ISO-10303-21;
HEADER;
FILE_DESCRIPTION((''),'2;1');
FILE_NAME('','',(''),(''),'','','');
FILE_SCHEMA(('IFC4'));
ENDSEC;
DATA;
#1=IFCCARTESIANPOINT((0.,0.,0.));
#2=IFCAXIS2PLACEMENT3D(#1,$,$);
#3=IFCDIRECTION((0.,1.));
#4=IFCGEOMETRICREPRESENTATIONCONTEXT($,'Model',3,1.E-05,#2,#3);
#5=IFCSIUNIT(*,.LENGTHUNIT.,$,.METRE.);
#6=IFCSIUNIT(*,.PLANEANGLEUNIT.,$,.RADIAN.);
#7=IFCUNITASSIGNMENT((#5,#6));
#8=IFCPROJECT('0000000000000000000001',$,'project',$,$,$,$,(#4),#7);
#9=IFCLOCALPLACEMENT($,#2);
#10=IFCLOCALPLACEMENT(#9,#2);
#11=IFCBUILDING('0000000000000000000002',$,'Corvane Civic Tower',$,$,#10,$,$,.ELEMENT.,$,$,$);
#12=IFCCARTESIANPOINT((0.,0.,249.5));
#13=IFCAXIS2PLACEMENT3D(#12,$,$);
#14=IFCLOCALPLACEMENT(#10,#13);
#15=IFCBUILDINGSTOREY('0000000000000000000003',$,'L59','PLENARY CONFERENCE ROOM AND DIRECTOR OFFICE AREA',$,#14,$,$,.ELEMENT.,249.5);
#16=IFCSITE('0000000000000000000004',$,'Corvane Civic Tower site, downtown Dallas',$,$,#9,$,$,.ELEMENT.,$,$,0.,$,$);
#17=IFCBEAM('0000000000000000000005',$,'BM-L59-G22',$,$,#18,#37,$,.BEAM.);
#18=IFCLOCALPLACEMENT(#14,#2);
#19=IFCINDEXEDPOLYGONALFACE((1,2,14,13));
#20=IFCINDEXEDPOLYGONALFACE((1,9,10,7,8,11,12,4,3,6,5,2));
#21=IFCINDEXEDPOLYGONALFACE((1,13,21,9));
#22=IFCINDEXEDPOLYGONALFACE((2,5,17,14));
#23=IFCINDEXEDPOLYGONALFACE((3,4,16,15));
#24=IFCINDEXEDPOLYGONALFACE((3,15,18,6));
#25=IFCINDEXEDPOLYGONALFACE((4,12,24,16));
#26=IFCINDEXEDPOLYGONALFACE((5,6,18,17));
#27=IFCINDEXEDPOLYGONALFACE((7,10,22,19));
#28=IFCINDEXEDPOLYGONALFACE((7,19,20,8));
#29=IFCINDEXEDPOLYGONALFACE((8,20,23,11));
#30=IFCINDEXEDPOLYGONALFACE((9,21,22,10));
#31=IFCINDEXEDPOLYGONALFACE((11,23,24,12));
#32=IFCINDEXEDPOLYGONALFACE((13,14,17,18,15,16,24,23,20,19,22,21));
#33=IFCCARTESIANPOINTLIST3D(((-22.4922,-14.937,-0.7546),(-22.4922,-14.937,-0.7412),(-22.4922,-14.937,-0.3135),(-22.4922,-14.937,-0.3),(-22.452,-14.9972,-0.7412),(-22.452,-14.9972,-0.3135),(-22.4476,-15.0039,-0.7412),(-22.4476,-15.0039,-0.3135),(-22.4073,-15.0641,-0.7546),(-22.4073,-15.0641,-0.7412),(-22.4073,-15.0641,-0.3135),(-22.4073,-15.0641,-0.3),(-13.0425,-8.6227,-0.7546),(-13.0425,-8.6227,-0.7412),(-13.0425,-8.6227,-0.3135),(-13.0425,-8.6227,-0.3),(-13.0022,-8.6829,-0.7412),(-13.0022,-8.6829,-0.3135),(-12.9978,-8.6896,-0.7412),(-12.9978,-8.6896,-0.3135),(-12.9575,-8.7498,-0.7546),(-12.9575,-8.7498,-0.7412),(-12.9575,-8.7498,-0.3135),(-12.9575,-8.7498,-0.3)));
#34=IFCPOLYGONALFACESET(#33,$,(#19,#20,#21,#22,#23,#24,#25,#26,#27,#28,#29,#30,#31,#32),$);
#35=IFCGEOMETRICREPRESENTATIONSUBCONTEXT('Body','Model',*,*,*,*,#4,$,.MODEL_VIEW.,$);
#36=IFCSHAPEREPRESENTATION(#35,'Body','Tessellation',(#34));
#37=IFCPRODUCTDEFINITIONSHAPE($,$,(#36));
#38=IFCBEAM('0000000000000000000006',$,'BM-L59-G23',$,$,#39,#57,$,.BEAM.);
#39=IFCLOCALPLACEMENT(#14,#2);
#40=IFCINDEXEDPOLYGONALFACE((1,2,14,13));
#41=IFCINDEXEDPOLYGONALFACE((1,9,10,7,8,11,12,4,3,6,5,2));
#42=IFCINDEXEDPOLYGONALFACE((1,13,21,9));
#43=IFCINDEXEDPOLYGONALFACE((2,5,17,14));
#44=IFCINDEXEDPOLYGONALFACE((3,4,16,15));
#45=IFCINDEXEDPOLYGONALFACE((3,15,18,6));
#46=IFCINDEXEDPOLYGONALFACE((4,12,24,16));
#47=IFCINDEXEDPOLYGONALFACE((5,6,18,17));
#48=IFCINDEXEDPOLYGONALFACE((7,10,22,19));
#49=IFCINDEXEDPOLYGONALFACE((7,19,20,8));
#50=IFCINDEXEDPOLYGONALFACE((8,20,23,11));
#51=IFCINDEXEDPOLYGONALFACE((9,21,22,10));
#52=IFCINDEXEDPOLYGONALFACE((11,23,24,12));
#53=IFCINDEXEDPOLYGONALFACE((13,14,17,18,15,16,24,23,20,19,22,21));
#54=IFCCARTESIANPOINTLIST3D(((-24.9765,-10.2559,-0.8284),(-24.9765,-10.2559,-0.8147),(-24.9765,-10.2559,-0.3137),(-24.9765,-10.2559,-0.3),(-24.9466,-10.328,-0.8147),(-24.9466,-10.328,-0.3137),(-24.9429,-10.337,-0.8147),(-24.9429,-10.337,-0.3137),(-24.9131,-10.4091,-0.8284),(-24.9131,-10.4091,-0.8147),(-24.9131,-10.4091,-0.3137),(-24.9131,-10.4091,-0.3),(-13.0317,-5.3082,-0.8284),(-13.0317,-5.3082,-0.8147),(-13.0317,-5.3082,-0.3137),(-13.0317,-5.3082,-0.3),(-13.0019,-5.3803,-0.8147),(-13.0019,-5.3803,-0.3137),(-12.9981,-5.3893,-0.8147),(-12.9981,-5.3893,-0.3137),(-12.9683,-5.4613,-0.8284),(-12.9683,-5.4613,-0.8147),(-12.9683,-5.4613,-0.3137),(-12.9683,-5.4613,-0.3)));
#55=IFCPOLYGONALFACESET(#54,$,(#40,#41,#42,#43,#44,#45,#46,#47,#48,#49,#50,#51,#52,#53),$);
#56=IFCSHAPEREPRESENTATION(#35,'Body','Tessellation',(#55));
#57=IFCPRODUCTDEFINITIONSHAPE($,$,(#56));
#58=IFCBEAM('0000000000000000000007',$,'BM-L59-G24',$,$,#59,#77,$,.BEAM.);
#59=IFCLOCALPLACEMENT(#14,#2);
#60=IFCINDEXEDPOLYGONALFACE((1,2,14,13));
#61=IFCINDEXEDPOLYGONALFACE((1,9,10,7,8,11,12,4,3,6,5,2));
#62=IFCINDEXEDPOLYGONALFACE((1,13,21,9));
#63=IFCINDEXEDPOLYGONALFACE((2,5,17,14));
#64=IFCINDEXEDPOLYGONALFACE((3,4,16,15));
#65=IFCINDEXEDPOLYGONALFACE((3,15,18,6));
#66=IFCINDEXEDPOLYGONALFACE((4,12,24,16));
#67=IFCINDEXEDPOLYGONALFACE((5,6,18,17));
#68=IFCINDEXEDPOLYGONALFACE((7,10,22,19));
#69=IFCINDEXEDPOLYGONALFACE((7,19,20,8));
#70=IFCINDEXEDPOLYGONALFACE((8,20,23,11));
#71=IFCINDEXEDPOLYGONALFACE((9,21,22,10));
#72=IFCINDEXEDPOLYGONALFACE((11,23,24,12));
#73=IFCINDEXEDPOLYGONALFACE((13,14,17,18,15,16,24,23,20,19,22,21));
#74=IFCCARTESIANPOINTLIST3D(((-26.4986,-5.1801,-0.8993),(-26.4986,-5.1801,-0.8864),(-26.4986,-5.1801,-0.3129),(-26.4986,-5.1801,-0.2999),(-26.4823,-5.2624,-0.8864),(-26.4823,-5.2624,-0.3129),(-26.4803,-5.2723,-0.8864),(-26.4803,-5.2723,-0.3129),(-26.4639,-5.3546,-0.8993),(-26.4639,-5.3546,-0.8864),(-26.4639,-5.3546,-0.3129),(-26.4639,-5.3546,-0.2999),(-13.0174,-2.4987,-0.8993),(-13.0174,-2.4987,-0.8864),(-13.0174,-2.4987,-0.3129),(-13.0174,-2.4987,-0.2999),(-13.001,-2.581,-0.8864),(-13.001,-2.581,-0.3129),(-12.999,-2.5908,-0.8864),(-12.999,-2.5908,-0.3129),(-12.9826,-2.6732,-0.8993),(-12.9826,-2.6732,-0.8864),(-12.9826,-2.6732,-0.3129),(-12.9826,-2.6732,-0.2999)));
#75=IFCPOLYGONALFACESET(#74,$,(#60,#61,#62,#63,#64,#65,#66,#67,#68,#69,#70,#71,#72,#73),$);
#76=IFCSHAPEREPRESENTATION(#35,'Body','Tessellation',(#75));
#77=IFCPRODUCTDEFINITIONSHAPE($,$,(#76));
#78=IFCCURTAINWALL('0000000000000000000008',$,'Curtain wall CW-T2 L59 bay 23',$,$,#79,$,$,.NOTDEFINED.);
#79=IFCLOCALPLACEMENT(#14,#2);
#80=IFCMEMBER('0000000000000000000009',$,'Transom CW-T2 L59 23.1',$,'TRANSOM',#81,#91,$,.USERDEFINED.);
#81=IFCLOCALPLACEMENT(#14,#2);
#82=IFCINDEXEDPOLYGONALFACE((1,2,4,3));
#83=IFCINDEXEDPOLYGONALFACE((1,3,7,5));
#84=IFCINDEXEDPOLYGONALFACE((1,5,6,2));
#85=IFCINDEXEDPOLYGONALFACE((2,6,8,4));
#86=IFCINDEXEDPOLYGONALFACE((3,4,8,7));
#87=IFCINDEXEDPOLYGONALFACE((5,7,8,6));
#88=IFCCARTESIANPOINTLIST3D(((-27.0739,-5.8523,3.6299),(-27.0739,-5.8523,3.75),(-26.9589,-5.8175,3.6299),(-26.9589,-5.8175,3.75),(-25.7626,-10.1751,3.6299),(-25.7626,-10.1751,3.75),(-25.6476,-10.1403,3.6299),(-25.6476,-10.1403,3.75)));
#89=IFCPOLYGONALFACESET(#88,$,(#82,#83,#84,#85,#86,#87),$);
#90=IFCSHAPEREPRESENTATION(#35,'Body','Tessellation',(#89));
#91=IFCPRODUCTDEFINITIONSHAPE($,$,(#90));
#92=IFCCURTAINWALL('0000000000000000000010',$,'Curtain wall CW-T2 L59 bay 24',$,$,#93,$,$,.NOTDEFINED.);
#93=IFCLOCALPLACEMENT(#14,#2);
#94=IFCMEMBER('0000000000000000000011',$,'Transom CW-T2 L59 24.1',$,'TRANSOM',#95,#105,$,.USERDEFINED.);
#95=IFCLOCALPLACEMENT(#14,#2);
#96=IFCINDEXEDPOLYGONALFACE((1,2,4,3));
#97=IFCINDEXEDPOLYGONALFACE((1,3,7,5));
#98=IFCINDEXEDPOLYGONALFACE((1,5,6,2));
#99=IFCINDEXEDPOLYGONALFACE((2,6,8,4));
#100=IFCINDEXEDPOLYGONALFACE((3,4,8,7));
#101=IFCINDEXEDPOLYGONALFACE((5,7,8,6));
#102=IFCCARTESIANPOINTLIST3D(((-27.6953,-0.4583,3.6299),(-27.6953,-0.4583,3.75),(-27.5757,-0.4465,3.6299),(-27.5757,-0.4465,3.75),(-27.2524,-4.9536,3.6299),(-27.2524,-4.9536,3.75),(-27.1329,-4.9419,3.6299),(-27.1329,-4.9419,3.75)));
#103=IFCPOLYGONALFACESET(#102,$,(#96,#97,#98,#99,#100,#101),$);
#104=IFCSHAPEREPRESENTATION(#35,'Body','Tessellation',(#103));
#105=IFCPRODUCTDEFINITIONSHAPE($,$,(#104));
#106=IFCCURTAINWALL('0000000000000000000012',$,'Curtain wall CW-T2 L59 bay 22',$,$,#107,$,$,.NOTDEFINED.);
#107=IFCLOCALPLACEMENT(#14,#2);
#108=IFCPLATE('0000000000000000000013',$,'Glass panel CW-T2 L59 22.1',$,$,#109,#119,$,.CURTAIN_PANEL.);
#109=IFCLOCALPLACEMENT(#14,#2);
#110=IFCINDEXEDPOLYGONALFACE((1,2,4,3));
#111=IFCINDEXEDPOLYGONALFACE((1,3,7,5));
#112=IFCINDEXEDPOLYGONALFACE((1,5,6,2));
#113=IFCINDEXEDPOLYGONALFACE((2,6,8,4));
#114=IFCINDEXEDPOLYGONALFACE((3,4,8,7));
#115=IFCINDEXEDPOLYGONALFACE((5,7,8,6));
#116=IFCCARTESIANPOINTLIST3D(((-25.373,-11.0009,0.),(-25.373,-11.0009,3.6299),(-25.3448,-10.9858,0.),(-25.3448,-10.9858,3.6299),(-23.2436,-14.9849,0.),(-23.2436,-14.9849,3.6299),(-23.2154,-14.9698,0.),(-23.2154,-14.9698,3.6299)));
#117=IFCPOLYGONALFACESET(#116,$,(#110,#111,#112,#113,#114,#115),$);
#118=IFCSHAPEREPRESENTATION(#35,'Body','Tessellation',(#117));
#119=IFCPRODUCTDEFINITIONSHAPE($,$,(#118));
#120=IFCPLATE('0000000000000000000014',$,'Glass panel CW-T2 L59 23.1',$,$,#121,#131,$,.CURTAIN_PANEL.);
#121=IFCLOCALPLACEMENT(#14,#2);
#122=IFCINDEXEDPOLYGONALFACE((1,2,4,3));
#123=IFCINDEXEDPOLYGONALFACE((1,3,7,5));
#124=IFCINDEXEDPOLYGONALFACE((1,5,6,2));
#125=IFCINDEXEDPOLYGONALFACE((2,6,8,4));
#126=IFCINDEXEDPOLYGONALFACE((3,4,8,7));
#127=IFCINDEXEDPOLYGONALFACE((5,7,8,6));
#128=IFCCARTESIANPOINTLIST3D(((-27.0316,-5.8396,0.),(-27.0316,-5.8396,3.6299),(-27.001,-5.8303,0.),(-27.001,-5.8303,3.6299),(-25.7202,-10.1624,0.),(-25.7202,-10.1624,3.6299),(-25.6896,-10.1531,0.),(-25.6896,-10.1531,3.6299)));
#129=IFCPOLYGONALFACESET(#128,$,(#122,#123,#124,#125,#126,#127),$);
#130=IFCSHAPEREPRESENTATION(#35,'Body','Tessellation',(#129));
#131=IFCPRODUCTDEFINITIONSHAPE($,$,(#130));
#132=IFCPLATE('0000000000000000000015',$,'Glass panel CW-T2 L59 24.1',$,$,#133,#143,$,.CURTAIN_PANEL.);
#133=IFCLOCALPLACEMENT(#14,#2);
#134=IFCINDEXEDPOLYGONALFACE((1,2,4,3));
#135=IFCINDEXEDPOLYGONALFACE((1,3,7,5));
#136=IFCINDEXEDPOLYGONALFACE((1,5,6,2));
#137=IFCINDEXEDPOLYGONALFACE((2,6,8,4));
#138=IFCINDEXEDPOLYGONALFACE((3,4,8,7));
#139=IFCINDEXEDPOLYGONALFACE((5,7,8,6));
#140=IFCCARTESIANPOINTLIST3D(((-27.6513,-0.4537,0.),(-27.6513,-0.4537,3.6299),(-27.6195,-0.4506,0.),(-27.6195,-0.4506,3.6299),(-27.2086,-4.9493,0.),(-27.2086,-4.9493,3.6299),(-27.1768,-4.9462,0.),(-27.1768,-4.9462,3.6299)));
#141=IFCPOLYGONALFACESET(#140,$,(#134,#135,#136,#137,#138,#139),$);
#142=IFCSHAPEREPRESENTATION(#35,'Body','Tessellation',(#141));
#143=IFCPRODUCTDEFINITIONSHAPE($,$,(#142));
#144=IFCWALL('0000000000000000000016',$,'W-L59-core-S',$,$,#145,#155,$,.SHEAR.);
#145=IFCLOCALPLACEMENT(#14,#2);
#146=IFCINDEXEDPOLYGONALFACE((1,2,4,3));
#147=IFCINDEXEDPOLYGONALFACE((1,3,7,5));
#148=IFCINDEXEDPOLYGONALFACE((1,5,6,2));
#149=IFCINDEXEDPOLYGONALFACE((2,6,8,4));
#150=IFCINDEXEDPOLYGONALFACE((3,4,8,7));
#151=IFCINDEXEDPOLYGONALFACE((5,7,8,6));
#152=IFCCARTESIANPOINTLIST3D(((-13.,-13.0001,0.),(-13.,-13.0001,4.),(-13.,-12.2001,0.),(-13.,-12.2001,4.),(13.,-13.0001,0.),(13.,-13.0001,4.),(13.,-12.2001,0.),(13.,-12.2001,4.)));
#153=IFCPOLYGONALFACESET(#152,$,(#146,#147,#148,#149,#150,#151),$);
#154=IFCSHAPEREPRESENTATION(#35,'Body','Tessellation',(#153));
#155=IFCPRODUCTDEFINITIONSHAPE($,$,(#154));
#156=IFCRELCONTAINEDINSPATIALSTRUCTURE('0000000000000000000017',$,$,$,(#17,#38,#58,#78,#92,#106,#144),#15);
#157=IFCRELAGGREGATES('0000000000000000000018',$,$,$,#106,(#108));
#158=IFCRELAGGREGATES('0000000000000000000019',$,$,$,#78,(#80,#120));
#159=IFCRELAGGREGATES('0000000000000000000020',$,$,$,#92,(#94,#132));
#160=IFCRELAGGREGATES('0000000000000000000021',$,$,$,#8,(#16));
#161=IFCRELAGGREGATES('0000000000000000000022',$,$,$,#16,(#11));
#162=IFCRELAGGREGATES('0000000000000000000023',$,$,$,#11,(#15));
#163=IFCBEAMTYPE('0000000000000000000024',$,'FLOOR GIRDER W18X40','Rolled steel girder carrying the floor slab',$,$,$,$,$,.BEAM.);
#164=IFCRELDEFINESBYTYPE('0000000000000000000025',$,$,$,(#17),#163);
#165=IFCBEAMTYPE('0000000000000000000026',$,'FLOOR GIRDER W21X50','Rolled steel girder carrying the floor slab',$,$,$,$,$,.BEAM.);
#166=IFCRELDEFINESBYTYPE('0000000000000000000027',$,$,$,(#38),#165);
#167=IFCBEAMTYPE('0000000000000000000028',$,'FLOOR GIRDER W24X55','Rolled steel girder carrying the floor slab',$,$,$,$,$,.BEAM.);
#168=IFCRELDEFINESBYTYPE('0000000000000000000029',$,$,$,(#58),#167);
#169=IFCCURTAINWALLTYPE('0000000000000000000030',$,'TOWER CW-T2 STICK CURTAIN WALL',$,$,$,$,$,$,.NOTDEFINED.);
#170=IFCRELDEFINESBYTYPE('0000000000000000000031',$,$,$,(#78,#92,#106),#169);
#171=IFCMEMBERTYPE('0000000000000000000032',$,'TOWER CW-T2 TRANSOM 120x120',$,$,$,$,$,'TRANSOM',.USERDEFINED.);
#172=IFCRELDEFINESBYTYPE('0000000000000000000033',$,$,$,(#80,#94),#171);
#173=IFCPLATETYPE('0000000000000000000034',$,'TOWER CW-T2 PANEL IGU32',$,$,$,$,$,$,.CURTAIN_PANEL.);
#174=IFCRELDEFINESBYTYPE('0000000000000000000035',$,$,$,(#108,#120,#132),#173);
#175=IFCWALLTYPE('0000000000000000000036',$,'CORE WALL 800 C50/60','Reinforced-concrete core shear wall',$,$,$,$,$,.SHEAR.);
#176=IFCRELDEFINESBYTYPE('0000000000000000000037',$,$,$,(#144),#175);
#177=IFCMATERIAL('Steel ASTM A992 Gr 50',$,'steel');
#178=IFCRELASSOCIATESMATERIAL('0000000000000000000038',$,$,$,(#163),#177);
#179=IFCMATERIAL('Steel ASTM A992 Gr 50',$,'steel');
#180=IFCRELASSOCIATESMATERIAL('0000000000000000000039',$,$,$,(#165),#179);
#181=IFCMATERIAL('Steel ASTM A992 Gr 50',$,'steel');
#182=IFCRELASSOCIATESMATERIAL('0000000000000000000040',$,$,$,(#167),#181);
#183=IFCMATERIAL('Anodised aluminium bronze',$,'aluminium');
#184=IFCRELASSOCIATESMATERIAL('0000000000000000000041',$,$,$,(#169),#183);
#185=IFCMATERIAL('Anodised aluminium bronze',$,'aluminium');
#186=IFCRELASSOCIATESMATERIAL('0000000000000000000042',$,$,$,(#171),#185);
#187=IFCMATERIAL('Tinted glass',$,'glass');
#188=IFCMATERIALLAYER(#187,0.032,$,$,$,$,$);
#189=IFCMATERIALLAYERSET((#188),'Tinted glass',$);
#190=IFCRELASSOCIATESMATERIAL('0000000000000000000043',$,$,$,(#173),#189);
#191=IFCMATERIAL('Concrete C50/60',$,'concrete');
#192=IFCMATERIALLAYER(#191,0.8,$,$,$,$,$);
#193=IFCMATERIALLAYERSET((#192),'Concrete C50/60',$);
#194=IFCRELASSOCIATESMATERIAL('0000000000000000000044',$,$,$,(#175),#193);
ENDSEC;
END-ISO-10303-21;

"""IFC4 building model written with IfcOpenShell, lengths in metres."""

from ifc_helpers import new_model, si_unit, direction, frame, frame_2d, origin, origin_2d, place, context, subcontext, project, spatial, rectangle, i_section, extrude, material, layer, layer_set, material_profile, profile_set, type_object, element, aggregate, save


model = new_model("IFC4")

# Units and contexts
model_context = context("Model", 3, precision=1e-05, world=origin(), true_north=direction((0.0, 1.0)))
body_context = subcontext(model_context, "Body", "Model", "MODEL_VIEW")
ifc_project = project(units=[si_unit("LENGTHUNIT", "METRE"), si_unit("PLANEANGLEUNIT", "RADIAN")], contexts=[model_context])

# Site, building, storey
site_placement = place(None, origin())
site = spatial("IfcSite", under=ifc_project, at=site_placement, Name="Corvane Civic Tower site, downtown Dallas", CompositionType="ELEMENT", RefElevation=0.0)
building_placement = place(site_placement, origin())
building = spatial("IfcBuilding", under=site, at=building_placement, Name="Corvane Civic Tower", CompositionType="ELEMENT")
storey_placement = place(building_placement, frame((0.0, 0.0, 249.5)))
storey = spatial("IfcBuildingStorey", under=building, at=storey_placement, Name="L59", Description="PLENARY CONFERENCE ROOM AND DIRECTOR OFFICE AREA", CompositionType="ELEMENT", Elevation=249.5)

# Beams
ifc_material_1 = material(Name="Steel ASTM A992 Gr 50", Category="steel")
ifc_material_profile_1 = material_profile(ifc_material_1, i_section(OverallWidth=0.1528, OverallDepth=0.4546, WebThickness=0.0081, FlangeThickness=0.0134, at=origin_2d()), Name="W18X40")
ifc_profile_set_1 = profile_set([ifc_material_profile_1], Name="Steel ASTM A992 Gr 50")
beam_type_1 = type_object("IfcBeamType", Name="FLOOR GIRDER W18X40", Description="Rolled steel girder carrying the floor slab", PredefinedType="BEAM", material=ifc_profile_set_1)
beam_1_placement = place(storey_placement, frame((-13.0, -8.6863, -0.5273), z_axis=(-0.831465, -0.555577, 0.0), x_axis=(0.555577, -0.831465, 0.0)))
element("IfcBeam", 1, at=beam_1_placement, inside=storey, type_object=beam_type_1, Name="BM-L59-G22", PredefinedType="BEAM", context=body_context, shape_type="SweptSolid", body=[
    extrude(i_section(OverallWidth=0.1528, OverallDepth=0.4546, WebThickness=0.0081, FlangeThickness=0.0134, at=origin_2d()), origin(), (0.0, 0.0, 1.0), 11.3652),
])
ifc_material_2 = material(Name="Steel ASTM A992 Gr 50", Category="steel")
ifc_material_profile_2 = material_profile(ifc_material_2, i_section(OverallWidth=0.1658, OverallDepth=0.5283, WebThickness=0.0098, FlangeThickness=0.0137, at=origin_2d()), Name="W21X50")
ifc_profile_set_2 = profile_set([ifc_material_profile_2], Name="Steel ASTM A992 Gr 50")
beam_type_2 = type_object("IfcBeamType", Name="FLOOR GIRDER W21X50", Description="Rolled steel girder carrying the floor slab", PredefinedType="BEAM", material=ifc_profile_set_2)
beam_2_placement = place(storey_placement, frame((-13.0, -5.3848, -0.5642), z_axis=(-0.923878, -0.382686, 0.0), x_axis=(0.382686, -0.923878, 0.0)))
element("IfcBeam", 2, at=beam_2_placement, inside=storey, type_object=beam_type_2, Name="BM-L59-G23", PredefinedType="BEAM", context=body_context, shape_type="SweptSolid", body=[
    extrude(i_section(OverallWidth=0.1658, OverallDepth=0.5283, WebThickness=0.0098, FlangeThickness=0.0137, at=origin_2d()), origin(), (0.0, 0.0, 1.0), 12.929),
])
ifc_material_3 = material(Name="Steel ASTM A992 Gr 50", Category="steel")
ifc_material_profile_3 = material_profile(ifc_material_3, i_section(OverallWidth=0.178, OverallDepth=0.5994, WebThickness=0.01, FlangeThickness=0.0129, at=origin_2d()), Name="W24X55")
ifc_profile_set_3 = profile_set([ifc_material_profile_3], Name="Steel ASTM A992 Gr 50")
beam_type_3 = type_object("IfcBeamType", Name="FLOOR GIRDER W24X55", Description="Rolled steel girder carrying the floor slab", PredefinedType="BEAM", material=ifc_profile_set_3)
beam_3_placement = place(storey_placement, frame((-13.0, -2.5859, -0.5996), z_axis=(-0.980788, -0.195078, 0.0), x_axis=(0.195078, -0.980788, 0.0)))
element("IfcBeam", 3, at=beam_3_placement, inside=storey, type_object=beam_type_3, Name="BM-L59-G24", PredefinedType="BEAM", context=body_context, shape_type="SweptSolid", body=[
    extrude(i_section(OverallWidth=0.178, OverallDepth=0.5994, WebThickness=0.01, FlangeThickness=0.0129, at=origin_2d()), origin(), (0.0, 0.0, 1.0), 13.7454),
])

# Curtain walls, members
ifc_material_4 = material(Name="Anodised aluminium bronze", Category="aluminium")
curtain_wall_type = type_object("IfcCurtainWallType", Name="TOWER CW-T2 STICK CURTAIN WALL", PredefinedType="NOTDEFINED", material=ifc_material_4)
curtain_wall_1_placement = place(storey_placement, origin())
curtain_wall_1 = element("IfcCurtainWall", 4, at=curtain_wall_1_placement, inside=storey, type_object=curtain_wall_type, Name="Curtain wall CW-T2 L59 bay 23", PredefinedType="NOTDEFINED")
ifc_material_5 = material(Name="Anodised aluminium bronze", Category="aluminium")
ifc_material_profile_4 = material_profile(ifc_material_5, rectangle(XDim=0.1201, YDim=0.1201, at=origin_2d()), Name="TOWER CW-T2 TRANSOM 120x120")
ifc_profile_set_4 = profile_set([ifc_material_profile_4], Name="Anodised aluminium bronze")
member_type = type_object("IfcMemberType", Name="TOWER CW-T2 TRANSOM 120x120", ElementType="TRANSOM", PredefinedType="USERDEFINED", material=ifc_profile_set_4)
member_1_placement = place(storey_placement, frame((-25.7051, -10.1577, 3.6899), z_axis=(-0.290282, 0.956941, 0.0), x_axis=(-0.956941, -0.290282, 0.0)))
member_1 = element("IfcMember", 5, at=member_1_placement, type_object=member_type, Name="Transom CW-T2 L59 23.1", ObjectType="TRANSOM", PredefinedType="USERDEFINED", context=body_context, shape_type="SweptSolid", body=[
    extrude(rectangle(XDim=0.1201, YDim=0.1201, at=origin_2d()), origin(), (0.0, 0.0, 1.0), 4.5173),
])
curtain_wall_2_placement = place(storey_placement, origin())
curtain_wall_2 = element("IfcCurtainWall", 6, at=curtain_wall_2_placement, inside=storey, type_object=curtain_wall_type, Name="Curtain wall CW-T2 L59 bay 24", PredefinedType="NOTDEFINED")
member_2_placement = place(storey_placement, frame((-27.1926, -4.9478, 3.6899), z_axis=(-0.098043, 0.995182, 0.0), x_axis=(-0.995182, -0.098043, 0.0)))
member_2 = element("IfcMember", 7, at=member_2_placement, type_object=member_type, Name="Transom CW-T2 L59 24.1", ObjectType="TRANSOM", PredefinedType="USERDEFINED", context=body_context, shape_type="SweptSolid", body=[
    extrude(rectangle(XDim=0.1201, YDim=0.1201, at=origin_2d()), origin(), (0.0, 0.0, 1.0), 4.5171),
])

# Curtain wall, plate
curtain_wall_3_placement = place(storey_placement, origin())
curtain_wall_3 = element("IfcCurtainWall", 8, at=curtain_wall_3_placement, inside=storey, type_object=curtain_wall_type, Name="Curtain wall CW-T2 L59 bay 22", PredefinedType="NOTDEFINED")
ifc_material_6 = material(Name="Tinted glass", Category="glass")
ifc_layer_1 = layer(ifc_material_6, 0.032)
ifc_layer_set_1 = layer_set([ifc_layer_1], Name="Tinted glass")
plate_type = type_object("IfcPlateType", Name="TOWER CW-T2 PANEL IGU32", PredefinedType="CURTAIN_PANEL", material=ifc_layer_set_1)
plate_1_placement = place(storey_placement, frame((-24.2942, -12.9854, 0.0), z_axis=(0.0, 0.0, 1.0), x_axis=(-0.471398, 0.88192, 0.0)))
plate_1 = element("IfcPlate", 9, at=plate_1_placement, type_object=plate_type, Name="Glass panel CW-T2 L59 22.1", PredefinedType="CURTAIN_PANEL", context=body_context, shape_type="SweptSolid", body=[
    extrude(rectangle(XDim=4.5173, YDim=0.032, at=origin_2d()), origin(), (0.0, 0.0, 1.0), 3.6299),
])
aggregate(curtain_wall_3, [plate_1])

# Plates
plate_2_placement = place(storey_placement, frame((-26.3606, -7.9963, 0.0), z_axis=(0.0, 0.0, 1.0), x_axis=(-0.29029, 0.956939, 0.0)))
plate_2 = element("IfcPlate", 10, at=plate_2_placement, type_object=plate_type, Name="Glass panel CW-T2 L59 23.1", PredefinedType="CURTAIN_PANEL", context=body_context, shape_type="SweptSolid", body=[
    extrude(rectangle(XDim=4.5173, YDim=0.032, at=origin_2d()), origin(), (0.0, 0.0, 1.0), 3.6299),
])
aggregate(curtain_wall_1, [member_1, plate_2])
plate_3_placement = place(storey_placement, frame((-27.4141, -2.7, 0.0), z_axis=(0.0, 0.0, 1.0), x_axis=(-0.097993, 0.995187, 0.0)))
plate_3 = element("IfcPlate", 11, at=plate_3_placement, type_object=plate_type, Name="Glass panel CW-T2 L59 24.1", PredefinedType="CURTAIN_PANEL", context=body_context, shape_type="SweptSolid", body=[
    extrude(rectangle(XDim=4.5173, YDim=0.032, at=origin_2d()), origin(), (0.0, 0.0, 1.0), 3.6299),
])
aggregate(curtain_wall_2, [member_2, plate_3])

# Wall
ifc_material_7 = material(Name="Concrete C50/60", Category="concrete")
ifc_layer_2 = layer(ifc_material_7, 0.8)
ifc_layer_set_2 = layer_set([ifc_layer_2], Name="Concrete C50/60")
wall_type_1 = type_object("IfcWallType", Name="CORE WALL 800 C50/60", Description="Reinforced-concrete core shear wall", PredefinedType="SHEAR", material=ifc_layer_set_2)
wall_1_placement = place(storey_placement, frame((-13.0, -12.6001, 0.0), z_axis=(0.0, 0.0, 1.0), x_axis=(1.0, 0.0, 0.0)))
element("IfcWall", 12, at=wall_1_placement, inside=storey, type_object=wall_type_1, Name="W-L59-core-S", PredefinedType="SHEAR", context=body_context, shape_type="SweptSolid", body=[
    extrude(rectangle(XDim=26.0, YDim=0.8, at=frame_2d((13.0, 0.0))), origin(), (0.0, 0.0, 1.0), 4.0),
])

save(model, "model.ifc")
